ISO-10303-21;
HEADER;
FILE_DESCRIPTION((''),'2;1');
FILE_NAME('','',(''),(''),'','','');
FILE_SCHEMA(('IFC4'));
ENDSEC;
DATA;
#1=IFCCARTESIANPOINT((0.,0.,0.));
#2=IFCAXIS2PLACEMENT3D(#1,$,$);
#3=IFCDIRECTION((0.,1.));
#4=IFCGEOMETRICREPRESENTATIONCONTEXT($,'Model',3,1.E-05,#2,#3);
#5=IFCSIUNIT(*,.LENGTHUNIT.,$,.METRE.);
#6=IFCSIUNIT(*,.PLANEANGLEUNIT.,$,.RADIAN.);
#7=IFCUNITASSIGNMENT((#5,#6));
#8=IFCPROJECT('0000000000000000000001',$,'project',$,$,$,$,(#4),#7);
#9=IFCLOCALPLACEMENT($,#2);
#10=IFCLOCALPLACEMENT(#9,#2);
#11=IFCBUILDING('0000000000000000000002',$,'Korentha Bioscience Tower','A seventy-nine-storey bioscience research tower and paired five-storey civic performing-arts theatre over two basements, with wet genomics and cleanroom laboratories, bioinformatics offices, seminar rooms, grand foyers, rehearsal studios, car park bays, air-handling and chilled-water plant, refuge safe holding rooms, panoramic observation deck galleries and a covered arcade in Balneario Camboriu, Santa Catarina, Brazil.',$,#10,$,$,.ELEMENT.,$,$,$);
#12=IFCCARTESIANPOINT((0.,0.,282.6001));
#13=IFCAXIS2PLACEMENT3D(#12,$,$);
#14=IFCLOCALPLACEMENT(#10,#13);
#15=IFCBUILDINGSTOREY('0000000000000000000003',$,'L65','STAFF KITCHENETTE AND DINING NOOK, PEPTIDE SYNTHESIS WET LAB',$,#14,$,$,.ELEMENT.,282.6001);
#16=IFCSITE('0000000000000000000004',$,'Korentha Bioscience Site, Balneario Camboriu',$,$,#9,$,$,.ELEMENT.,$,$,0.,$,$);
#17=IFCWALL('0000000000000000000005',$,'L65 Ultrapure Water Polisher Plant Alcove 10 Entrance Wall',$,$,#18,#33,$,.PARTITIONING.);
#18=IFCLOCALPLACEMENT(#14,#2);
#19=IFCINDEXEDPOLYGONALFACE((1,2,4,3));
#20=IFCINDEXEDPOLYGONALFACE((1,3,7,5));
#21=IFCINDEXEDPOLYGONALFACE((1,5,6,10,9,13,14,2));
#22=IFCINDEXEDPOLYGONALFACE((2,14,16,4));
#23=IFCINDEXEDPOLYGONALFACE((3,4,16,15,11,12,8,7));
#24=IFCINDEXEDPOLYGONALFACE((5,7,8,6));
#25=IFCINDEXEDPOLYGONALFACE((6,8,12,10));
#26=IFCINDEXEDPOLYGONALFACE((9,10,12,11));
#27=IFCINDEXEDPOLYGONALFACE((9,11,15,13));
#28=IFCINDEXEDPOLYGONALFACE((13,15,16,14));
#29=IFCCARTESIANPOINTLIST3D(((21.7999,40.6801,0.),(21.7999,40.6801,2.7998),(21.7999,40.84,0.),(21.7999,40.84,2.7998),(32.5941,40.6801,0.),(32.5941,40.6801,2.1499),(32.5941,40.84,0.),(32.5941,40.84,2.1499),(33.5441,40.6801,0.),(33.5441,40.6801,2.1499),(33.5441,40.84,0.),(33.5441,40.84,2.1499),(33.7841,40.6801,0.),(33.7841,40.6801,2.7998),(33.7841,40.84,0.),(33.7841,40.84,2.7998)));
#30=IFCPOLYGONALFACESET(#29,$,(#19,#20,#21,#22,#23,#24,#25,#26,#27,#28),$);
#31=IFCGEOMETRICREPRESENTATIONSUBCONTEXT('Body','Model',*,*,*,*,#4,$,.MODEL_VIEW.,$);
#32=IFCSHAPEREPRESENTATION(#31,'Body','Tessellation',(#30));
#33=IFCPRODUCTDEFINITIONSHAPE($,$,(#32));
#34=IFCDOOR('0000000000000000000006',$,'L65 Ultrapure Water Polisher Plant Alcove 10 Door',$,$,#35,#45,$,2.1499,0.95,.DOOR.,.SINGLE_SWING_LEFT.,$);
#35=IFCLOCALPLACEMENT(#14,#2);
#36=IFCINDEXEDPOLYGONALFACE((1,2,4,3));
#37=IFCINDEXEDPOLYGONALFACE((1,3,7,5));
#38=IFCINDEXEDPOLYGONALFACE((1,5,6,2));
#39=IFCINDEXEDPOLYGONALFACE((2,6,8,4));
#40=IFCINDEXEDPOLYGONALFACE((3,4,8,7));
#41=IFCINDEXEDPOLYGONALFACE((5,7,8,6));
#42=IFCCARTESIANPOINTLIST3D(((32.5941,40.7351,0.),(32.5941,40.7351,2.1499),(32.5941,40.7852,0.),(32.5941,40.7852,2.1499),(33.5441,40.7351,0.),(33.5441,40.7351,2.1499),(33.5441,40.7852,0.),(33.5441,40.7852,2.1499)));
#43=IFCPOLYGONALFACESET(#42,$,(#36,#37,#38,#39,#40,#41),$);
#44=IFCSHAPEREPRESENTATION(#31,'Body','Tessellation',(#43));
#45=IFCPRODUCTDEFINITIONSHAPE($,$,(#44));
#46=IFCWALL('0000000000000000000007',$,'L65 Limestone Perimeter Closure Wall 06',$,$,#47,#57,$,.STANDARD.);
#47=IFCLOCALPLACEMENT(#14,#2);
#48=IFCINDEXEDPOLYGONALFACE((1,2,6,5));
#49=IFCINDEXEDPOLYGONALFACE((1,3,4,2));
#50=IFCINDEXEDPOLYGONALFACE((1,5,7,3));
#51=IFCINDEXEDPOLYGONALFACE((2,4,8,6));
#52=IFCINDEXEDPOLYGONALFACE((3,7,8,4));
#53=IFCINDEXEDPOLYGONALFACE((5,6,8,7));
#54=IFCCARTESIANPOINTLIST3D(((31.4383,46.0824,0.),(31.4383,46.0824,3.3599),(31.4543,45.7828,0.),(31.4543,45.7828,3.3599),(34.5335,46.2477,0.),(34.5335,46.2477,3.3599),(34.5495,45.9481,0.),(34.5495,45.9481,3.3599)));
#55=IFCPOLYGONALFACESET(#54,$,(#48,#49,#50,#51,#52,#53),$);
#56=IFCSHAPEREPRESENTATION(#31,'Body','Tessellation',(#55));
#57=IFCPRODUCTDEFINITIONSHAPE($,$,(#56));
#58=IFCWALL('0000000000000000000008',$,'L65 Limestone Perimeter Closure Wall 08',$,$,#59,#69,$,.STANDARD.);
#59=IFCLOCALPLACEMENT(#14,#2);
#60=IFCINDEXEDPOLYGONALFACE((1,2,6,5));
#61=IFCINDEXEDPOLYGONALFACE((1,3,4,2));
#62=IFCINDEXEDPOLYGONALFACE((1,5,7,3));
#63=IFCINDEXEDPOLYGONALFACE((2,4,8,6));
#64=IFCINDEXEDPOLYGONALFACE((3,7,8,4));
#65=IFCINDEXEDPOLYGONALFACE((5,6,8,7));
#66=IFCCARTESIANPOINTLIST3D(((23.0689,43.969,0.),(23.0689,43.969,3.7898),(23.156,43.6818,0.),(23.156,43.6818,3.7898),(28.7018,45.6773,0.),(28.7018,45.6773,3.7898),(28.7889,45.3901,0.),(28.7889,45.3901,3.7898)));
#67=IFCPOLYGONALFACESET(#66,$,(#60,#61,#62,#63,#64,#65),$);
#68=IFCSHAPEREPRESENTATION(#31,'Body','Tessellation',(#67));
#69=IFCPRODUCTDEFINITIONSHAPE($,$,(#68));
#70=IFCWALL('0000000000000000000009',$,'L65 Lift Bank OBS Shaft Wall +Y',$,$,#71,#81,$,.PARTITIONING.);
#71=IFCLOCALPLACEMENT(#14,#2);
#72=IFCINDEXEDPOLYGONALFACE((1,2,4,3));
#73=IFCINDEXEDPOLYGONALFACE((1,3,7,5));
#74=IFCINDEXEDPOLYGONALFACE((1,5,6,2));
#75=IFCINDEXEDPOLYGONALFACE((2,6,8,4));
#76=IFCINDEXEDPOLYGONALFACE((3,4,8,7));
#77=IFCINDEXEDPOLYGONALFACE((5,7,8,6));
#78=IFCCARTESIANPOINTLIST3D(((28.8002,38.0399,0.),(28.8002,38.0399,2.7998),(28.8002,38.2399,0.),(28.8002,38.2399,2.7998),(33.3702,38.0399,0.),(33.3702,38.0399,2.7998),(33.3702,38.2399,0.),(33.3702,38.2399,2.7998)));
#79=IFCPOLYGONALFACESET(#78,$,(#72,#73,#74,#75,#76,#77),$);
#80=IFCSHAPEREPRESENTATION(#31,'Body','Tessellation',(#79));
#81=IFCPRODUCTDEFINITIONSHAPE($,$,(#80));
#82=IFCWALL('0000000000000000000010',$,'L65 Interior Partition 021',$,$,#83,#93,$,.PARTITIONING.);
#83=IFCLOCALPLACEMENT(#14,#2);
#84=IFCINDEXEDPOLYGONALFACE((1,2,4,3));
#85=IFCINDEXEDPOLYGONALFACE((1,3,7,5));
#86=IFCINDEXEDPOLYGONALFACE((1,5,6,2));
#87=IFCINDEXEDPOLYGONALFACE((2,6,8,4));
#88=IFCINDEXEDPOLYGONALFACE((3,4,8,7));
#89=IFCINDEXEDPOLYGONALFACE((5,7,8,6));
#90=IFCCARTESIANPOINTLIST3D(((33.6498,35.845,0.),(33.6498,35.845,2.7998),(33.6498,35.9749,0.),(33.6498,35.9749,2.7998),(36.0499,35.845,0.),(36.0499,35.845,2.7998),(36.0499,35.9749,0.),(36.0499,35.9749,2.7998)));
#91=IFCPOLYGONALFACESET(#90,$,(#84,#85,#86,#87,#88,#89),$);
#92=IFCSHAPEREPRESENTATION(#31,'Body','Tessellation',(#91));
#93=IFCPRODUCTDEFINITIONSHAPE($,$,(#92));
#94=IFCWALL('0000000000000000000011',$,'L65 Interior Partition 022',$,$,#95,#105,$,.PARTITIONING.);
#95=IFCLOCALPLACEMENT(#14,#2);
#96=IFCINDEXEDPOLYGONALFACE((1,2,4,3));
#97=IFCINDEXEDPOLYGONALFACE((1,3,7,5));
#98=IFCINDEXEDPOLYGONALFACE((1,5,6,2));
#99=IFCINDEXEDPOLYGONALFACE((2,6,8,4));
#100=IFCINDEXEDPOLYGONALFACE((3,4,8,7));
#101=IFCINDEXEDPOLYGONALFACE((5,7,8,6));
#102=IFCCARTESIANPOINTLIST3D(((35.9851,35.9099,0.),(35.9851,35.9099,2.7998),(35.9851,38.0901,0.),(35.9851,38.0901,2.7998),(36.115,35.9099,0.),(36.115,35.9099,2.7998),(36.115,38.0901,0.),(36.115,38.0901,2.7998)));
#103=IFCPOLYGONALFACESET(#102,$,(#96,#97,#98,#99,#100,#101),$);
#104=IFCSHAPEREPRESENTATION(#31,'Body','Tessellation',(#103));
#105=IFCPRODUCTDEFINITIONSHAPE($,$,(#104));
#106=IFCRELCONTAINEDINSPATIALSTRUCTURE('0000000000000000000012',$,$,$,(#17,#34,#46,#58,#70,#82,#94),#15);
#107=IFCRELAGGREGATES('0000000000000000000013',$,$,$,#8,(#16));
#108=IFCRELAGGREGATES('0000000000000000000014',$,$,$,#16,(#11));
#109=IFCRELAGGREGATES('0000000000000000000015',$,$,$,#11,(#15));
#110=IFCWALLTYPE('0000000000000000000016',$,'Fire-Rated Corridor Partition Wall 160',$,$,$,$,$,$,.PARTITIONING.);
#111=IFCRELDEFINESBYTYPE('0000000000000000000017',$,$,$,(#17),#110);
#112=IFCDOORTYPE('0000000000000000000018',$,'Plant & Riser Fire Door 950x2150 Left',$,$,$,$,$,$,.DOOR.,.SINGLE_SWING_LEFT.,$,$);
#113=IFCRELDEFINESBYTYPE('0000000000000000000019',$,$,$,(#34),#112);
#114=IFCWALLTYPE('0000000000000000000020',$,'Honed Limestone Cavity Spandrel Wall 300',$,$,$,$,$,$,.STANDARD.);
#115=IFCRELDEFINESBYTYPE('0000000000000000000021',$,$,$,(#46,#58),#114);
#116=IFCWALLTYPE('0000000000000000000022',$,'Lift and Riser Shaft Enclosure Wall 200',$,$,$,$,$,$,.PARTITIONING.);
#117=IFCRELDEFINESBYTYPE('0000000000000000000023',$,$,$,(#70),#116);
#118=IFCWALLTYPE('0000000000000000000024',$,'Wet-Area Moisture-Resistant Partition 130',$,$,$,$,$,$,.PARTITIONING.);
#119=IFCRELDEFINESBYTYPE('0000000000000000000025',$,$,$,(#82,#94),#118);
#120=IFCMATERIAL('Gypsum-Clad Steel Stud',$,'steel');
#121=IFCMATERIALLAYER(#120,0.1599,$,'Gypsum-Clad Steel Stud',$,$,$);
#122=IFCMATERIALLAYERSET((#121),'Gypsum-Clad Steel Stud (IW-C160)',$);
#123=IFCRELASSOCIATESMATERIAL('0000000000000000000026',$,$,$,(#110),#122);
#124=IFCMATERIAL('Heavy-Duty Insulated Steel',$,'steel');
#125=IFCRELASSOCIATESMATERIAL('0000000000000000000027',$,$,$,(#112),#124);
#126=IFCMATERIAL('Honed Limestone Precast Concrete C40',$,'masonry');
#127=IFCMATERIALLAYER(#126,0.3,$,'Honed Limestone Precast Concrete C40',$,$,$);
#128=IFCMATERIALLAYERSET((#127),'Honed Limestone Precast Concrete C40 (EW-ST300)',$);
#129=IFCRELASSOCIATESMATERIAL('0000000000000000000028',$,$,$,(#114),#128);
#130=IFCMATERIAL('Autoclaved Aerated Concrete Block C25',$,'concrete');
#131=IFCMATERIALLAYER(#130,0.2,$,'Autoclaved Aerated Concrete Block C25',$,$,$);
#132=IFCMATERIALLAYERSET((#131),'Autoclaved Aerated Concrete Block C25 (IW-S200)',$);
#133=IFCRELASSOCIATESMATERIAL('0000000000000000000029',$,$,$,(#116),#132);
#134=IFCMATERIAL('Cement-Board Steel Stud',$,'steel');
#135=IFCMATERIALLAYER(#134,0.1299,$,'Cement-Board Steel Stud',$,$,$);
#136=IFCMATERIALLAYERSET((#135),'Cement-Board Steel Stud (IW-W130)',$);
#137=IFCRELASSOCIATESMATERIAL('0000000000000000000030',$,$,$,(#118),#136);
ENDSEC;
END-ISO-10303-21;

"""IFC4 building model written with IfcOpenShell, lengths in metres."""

from ifc_helpers import new_model, si_unit, direction, frame, frame_2d, origin, place, context, subcontext, project, spatial, rectangle, extrude, material, layer, layer_set, type_object, element, fill, save


model = new_model("IFC4")

# Units and contexts
model_context = context("Model", 3, precision=1e-05, world=origin(), true_north=direction((0.0, 1.0)))
body_context = subcontext(model_context, "Body", "Model", "MODEL_VIEW")
ifc_project = project(units=[si_unit("LENGTHUNIT", "METRE"), si_unit("PLANEANGLEUNIT", "RADIAN")], contexts=[model_context])

# Site, building, storey
site_placement = place(None, origin())
site = spatial("IfcSite", under=ifc_project, at=site_placement, Name="Korentha Bioscience Site, Balneario Camboriu", CompositionType="ELEMENT", RefElevation=0.0)
building_placement = place(site_placement, origin())
building = spatial("IfcBuilding", under=site, at=building_placement, Name="Korentha Bioscience Tower", Description="A seventy-nine-storey bioscience research tower and paired five-storey civic performing-arts theatre over two basements, with wet genomics and cleanroom laboratories, bioinformatics offices, seminar rooms, grand foyers, rehearsal studios, car park bays, air-handling and chilled-water plant, refuge safe holding rooms, panoramic observation deck galleries and a covered arcade in Balneario Camboriu, Santa Catarina, Brazil.", CompositionType="ELEMENT")
storey_placement = place(building_placement, frame((0.0, 0.0, 282.6001)))
storey = spatial("IfcBuildingStorey", under=building, at=storey_placement, Name="L65", Description="STAFF KITCHENETTE AND DINING NOOK, PEPTIDE SYNTHESIS WET LAB", CompositionType="ELEMENT", Elevation=282.6001)

# Wall, opening, door
ifc_material_1 = material(Name="Gypsum-Clad Steel Stud", Category="steel")
ifc_layer_1 = layer(ifc_material_1, 0.1599, Name="Gypsum-Clad Steel Stud")
ifc_layer_set_1 = layer_set([ifc_layer_1], Name="Gypsum-Clad Steel Stud (IW-C160)")
wall_type_1 = type_object("IfcWallType", Name="Fire-Rated Corridor Partition Wall 160", PredefinedType="PARTITIONING", material=ifc_layer_set_1)
wall_1_placement = place(storey_placement, frame((33.7842, 40.76, 0.0), z_axis=(0.0, 0.0, 1.0), x_axis=(-1.0, 0.0, 0.0)))
wall_1 = element("IfcWall", 1, at=wall_1_placement, inside=storey, type_object=wall_type_1, Name="L65 Ultrapure Water Polisher Plant Alcove 10 Entrance Wall", PredefinedType="PARTITIONING", context=body_context, shape_type="SweptSolid", body=[
    extrude(rectangle(XDim=11.9841, YDim=0.1599, at=frame_2d((5.9922, 0.0))), origin(), (0.0, 0.0, 1.0), 2.7998),
])
opening_1_placement = place(wall_1_placement, frame((0.24, 0.0, 0.0)))
opening_1 = element("IfcOpeningElement", 2, at=opening_1_placement, cuts=wall_1, PredefinedType="OPENING", context=body_context, shape_type="SweptSolid", body=[
    extrude(rectangle(XDim=0.95, YDim=2.1499, at=frame_2d((0.4751, 1.075))), frame((0.0, 0.0947, 0.0), z_axis=(0.0, -1.0, 0.0), x_axis=(1.0, 0.0, 0.0)), (0.0, 0.0, 1.0), 0.1897),
])
ifc_material_2 = material(Name="Heavy-Duty Insulated Steel", Category="steel")
door_type_1 = type_object("IfcDoorType", Name="Plant & Riser Fire Door 950x2150 Left", OperationType="SINGLE_SWING_LEFT", PredefinedType="DOOR", material=ifc_material_2)
door_1_placement = place(opening_1_placement, origin())
door_1 = element("IfcDoor", 3, at=door_1_placement, inside=storey, type_object=door_type_1, Name="L65 Ultrapure Water Polisher Plant Alcove 10 Door", OperationType="SINGLE_SWING_LEFT", OverallHeight=2.1499, OverallWidth=0.95, PredefinedType="DOOR", context=body_context, shape_type="SweptSolid", body=[
    extrude(rectangle(XDim=0.95, YDim=2.1499, at=frame_2d((0.4751, 1.075))), frame((0.0, 0.0249, 0.0), z_axis=(0.0, -1.0, 0.0), x_axis=(1.0, 0.0, 0.0)), (0.0, 0.0, 1.0), 0.05),
])
fill(opening_1, door_1)

# Walls
ifc_material_3 = material(Name="Honed Limestone Precast Concrete C40", Category="masonry")
ifc_layer_2 = layer(ifc_material_3, 0.3, Name="Honed Limestone Precast Concrete C40")
ifc_layer_set_2 = layer_set([ifc_layer_2], Name="Honed Limestone Precast Concrete C40 (EW-ST300)")
wall_type_2 = type_object("IfcWallType", Name="Honed Limestone Cavity Spandrel Wall 300", PredefinedType="STANDARD", material=ifc_layer_set_2)
wall_2_placement = place(storey_placement, frame((34.5415, 46.0979, 0.0), z_axis=(0.0, 0.0, 1.0), x_axis=(-0.998577, -0.053324, 0.0)))
element("IfcWall", 4, at=wall_2_placement, inside=storey, type_object=wall_type_2, Name="L65 Limestone Perimeter Closure Wall 06", PredefinedType="STANDARD", context=body_context, shape_type="SweptSolid", body=[
    extrude(rectangle(XDim=3.0996, YDim=0.3, at=frame_2d((1.5498, 0.0))), origin(), (0.0, 0.0, 1.0), 3.3599),
])
wall_3_placement = place(storey_placement, frame((28.7454, 45.5337, 0.0), z_axis=(0.0, 0.0, 1.0), x_axis=(-0.956961, -0.290216, 0.0)))
element("IfcWall", 5, at=wall_3_placement, inside=storey, type_object=wall_type_2, Name="L65 Limestone Perimeter Closure Wall 08", PredefinedType="STANDARD", context=body_context, shape_type="SweptSolid", body=[
    extrude(rectangle(XDim=5.8862, YDim=0.3, at=frame_2d((2.9431, 0.0))), origin(), (0.0, 0.0, 1.0), 3.7898),
])
ifc_material_4 = material(Name="Autoclaved Aerated Concrete Block C25", Category="concrete")
ifc_layer_3 = layer(ifc_material_4, 0.2, Name="Autoclaved Aerated Concrete Block C25")
ifc_layer_set_3 = layer_set([ifc_layer_3], Name="Autoclaved Aerated Concrete Block C25 (IW-S200)")
wall_type_3 = type_object("IfcWallType", Name="Lift and Riser Shaft Enclosure Wall 200", PredefinedType="PARTITIONING", material=ifc_layer_set_3)
wall_4_placement = place(storey_placement, frame((28.8, 38.1399, 0.0), z_axis=(0.0, 0.0, 1.0), x_axis=(1.0, 0.0, 0.0)))
element("IfcWall", 6, at=wall_4_placement, inside=storey, type_object=wall_type_3, Name="L65 Lift Bank OBS Shaft Wall +Y", PredefinedType="PARTITIONING", context=body_context, shape_type="SweptSolid", body=[
    extrude(rectangle(XDim=4.5701, YDim=0.2, at=frame_2d((2.2852, 0.0))), origin(), (0.0, 0.0, 1.0), 2.7998),
])

# Shared definitions
ifc_material_5 = material(Name="Cement-Board Steel Stud", Category="steel")
ifc_layer_4 = layer(ifc_material_5, 0.1299, Name="Cement-Board Steel Stud")
ifc_layer_set_4 = layer_set([ifc_layer_4], Name="Cement-Board Steel Stud (IW-W130)")
wall_type_4 = type_object("IfcWallType", Name="Wet-Area Moisture-Resistant Partition 130", PredefinedType="PARTITIONING", material=ifc_layer_set_4)

# Walls
wall_5_placement = place(storey_placement, frame((36.05, 35.9099, 0.0), z_axis=(0.0, 0.0, 1.0), x_axis=(-1.0, 0.0, 0.0)))
element("IfcWall", 7, at=wall_5_placement, inside=storey, type_object=wall_type_4, Name="L65 Interior Partition 021", PredefinedType="PARTITIONING", context=body_context, shape_type="SweptSolid", body=[
    extrude(rectangle(XDim=2.4001, YDim=0.1299, at=frame_2d((1.2002, 0.0))), origin(), (0.0, 0.0, 1.0), 2.7998),
])
wall_6_placement = place(storey_placement, frame((36.05, 38.0901, 0.0), z_axis=(0.0, 0.0, 1.0), x_axis=(0.0, -1.0, 0.0)))
element("IfcWall", 8, at=wall_6_placement, inside=storey, type_object=wall_type_4, Name="L65 Interior Partition 022", PredefinedType="PARTITIONING", context=body_context, shape_type="SweptSolid", body=[
    extrude(rectangle(XDim=2.1802, YDim=0.1299, at=frame_2d((1.0901, 0.0))), origin(), (0.0, 0.0, 1.0), 2.7998),
])

save(model, "model.ifc")
